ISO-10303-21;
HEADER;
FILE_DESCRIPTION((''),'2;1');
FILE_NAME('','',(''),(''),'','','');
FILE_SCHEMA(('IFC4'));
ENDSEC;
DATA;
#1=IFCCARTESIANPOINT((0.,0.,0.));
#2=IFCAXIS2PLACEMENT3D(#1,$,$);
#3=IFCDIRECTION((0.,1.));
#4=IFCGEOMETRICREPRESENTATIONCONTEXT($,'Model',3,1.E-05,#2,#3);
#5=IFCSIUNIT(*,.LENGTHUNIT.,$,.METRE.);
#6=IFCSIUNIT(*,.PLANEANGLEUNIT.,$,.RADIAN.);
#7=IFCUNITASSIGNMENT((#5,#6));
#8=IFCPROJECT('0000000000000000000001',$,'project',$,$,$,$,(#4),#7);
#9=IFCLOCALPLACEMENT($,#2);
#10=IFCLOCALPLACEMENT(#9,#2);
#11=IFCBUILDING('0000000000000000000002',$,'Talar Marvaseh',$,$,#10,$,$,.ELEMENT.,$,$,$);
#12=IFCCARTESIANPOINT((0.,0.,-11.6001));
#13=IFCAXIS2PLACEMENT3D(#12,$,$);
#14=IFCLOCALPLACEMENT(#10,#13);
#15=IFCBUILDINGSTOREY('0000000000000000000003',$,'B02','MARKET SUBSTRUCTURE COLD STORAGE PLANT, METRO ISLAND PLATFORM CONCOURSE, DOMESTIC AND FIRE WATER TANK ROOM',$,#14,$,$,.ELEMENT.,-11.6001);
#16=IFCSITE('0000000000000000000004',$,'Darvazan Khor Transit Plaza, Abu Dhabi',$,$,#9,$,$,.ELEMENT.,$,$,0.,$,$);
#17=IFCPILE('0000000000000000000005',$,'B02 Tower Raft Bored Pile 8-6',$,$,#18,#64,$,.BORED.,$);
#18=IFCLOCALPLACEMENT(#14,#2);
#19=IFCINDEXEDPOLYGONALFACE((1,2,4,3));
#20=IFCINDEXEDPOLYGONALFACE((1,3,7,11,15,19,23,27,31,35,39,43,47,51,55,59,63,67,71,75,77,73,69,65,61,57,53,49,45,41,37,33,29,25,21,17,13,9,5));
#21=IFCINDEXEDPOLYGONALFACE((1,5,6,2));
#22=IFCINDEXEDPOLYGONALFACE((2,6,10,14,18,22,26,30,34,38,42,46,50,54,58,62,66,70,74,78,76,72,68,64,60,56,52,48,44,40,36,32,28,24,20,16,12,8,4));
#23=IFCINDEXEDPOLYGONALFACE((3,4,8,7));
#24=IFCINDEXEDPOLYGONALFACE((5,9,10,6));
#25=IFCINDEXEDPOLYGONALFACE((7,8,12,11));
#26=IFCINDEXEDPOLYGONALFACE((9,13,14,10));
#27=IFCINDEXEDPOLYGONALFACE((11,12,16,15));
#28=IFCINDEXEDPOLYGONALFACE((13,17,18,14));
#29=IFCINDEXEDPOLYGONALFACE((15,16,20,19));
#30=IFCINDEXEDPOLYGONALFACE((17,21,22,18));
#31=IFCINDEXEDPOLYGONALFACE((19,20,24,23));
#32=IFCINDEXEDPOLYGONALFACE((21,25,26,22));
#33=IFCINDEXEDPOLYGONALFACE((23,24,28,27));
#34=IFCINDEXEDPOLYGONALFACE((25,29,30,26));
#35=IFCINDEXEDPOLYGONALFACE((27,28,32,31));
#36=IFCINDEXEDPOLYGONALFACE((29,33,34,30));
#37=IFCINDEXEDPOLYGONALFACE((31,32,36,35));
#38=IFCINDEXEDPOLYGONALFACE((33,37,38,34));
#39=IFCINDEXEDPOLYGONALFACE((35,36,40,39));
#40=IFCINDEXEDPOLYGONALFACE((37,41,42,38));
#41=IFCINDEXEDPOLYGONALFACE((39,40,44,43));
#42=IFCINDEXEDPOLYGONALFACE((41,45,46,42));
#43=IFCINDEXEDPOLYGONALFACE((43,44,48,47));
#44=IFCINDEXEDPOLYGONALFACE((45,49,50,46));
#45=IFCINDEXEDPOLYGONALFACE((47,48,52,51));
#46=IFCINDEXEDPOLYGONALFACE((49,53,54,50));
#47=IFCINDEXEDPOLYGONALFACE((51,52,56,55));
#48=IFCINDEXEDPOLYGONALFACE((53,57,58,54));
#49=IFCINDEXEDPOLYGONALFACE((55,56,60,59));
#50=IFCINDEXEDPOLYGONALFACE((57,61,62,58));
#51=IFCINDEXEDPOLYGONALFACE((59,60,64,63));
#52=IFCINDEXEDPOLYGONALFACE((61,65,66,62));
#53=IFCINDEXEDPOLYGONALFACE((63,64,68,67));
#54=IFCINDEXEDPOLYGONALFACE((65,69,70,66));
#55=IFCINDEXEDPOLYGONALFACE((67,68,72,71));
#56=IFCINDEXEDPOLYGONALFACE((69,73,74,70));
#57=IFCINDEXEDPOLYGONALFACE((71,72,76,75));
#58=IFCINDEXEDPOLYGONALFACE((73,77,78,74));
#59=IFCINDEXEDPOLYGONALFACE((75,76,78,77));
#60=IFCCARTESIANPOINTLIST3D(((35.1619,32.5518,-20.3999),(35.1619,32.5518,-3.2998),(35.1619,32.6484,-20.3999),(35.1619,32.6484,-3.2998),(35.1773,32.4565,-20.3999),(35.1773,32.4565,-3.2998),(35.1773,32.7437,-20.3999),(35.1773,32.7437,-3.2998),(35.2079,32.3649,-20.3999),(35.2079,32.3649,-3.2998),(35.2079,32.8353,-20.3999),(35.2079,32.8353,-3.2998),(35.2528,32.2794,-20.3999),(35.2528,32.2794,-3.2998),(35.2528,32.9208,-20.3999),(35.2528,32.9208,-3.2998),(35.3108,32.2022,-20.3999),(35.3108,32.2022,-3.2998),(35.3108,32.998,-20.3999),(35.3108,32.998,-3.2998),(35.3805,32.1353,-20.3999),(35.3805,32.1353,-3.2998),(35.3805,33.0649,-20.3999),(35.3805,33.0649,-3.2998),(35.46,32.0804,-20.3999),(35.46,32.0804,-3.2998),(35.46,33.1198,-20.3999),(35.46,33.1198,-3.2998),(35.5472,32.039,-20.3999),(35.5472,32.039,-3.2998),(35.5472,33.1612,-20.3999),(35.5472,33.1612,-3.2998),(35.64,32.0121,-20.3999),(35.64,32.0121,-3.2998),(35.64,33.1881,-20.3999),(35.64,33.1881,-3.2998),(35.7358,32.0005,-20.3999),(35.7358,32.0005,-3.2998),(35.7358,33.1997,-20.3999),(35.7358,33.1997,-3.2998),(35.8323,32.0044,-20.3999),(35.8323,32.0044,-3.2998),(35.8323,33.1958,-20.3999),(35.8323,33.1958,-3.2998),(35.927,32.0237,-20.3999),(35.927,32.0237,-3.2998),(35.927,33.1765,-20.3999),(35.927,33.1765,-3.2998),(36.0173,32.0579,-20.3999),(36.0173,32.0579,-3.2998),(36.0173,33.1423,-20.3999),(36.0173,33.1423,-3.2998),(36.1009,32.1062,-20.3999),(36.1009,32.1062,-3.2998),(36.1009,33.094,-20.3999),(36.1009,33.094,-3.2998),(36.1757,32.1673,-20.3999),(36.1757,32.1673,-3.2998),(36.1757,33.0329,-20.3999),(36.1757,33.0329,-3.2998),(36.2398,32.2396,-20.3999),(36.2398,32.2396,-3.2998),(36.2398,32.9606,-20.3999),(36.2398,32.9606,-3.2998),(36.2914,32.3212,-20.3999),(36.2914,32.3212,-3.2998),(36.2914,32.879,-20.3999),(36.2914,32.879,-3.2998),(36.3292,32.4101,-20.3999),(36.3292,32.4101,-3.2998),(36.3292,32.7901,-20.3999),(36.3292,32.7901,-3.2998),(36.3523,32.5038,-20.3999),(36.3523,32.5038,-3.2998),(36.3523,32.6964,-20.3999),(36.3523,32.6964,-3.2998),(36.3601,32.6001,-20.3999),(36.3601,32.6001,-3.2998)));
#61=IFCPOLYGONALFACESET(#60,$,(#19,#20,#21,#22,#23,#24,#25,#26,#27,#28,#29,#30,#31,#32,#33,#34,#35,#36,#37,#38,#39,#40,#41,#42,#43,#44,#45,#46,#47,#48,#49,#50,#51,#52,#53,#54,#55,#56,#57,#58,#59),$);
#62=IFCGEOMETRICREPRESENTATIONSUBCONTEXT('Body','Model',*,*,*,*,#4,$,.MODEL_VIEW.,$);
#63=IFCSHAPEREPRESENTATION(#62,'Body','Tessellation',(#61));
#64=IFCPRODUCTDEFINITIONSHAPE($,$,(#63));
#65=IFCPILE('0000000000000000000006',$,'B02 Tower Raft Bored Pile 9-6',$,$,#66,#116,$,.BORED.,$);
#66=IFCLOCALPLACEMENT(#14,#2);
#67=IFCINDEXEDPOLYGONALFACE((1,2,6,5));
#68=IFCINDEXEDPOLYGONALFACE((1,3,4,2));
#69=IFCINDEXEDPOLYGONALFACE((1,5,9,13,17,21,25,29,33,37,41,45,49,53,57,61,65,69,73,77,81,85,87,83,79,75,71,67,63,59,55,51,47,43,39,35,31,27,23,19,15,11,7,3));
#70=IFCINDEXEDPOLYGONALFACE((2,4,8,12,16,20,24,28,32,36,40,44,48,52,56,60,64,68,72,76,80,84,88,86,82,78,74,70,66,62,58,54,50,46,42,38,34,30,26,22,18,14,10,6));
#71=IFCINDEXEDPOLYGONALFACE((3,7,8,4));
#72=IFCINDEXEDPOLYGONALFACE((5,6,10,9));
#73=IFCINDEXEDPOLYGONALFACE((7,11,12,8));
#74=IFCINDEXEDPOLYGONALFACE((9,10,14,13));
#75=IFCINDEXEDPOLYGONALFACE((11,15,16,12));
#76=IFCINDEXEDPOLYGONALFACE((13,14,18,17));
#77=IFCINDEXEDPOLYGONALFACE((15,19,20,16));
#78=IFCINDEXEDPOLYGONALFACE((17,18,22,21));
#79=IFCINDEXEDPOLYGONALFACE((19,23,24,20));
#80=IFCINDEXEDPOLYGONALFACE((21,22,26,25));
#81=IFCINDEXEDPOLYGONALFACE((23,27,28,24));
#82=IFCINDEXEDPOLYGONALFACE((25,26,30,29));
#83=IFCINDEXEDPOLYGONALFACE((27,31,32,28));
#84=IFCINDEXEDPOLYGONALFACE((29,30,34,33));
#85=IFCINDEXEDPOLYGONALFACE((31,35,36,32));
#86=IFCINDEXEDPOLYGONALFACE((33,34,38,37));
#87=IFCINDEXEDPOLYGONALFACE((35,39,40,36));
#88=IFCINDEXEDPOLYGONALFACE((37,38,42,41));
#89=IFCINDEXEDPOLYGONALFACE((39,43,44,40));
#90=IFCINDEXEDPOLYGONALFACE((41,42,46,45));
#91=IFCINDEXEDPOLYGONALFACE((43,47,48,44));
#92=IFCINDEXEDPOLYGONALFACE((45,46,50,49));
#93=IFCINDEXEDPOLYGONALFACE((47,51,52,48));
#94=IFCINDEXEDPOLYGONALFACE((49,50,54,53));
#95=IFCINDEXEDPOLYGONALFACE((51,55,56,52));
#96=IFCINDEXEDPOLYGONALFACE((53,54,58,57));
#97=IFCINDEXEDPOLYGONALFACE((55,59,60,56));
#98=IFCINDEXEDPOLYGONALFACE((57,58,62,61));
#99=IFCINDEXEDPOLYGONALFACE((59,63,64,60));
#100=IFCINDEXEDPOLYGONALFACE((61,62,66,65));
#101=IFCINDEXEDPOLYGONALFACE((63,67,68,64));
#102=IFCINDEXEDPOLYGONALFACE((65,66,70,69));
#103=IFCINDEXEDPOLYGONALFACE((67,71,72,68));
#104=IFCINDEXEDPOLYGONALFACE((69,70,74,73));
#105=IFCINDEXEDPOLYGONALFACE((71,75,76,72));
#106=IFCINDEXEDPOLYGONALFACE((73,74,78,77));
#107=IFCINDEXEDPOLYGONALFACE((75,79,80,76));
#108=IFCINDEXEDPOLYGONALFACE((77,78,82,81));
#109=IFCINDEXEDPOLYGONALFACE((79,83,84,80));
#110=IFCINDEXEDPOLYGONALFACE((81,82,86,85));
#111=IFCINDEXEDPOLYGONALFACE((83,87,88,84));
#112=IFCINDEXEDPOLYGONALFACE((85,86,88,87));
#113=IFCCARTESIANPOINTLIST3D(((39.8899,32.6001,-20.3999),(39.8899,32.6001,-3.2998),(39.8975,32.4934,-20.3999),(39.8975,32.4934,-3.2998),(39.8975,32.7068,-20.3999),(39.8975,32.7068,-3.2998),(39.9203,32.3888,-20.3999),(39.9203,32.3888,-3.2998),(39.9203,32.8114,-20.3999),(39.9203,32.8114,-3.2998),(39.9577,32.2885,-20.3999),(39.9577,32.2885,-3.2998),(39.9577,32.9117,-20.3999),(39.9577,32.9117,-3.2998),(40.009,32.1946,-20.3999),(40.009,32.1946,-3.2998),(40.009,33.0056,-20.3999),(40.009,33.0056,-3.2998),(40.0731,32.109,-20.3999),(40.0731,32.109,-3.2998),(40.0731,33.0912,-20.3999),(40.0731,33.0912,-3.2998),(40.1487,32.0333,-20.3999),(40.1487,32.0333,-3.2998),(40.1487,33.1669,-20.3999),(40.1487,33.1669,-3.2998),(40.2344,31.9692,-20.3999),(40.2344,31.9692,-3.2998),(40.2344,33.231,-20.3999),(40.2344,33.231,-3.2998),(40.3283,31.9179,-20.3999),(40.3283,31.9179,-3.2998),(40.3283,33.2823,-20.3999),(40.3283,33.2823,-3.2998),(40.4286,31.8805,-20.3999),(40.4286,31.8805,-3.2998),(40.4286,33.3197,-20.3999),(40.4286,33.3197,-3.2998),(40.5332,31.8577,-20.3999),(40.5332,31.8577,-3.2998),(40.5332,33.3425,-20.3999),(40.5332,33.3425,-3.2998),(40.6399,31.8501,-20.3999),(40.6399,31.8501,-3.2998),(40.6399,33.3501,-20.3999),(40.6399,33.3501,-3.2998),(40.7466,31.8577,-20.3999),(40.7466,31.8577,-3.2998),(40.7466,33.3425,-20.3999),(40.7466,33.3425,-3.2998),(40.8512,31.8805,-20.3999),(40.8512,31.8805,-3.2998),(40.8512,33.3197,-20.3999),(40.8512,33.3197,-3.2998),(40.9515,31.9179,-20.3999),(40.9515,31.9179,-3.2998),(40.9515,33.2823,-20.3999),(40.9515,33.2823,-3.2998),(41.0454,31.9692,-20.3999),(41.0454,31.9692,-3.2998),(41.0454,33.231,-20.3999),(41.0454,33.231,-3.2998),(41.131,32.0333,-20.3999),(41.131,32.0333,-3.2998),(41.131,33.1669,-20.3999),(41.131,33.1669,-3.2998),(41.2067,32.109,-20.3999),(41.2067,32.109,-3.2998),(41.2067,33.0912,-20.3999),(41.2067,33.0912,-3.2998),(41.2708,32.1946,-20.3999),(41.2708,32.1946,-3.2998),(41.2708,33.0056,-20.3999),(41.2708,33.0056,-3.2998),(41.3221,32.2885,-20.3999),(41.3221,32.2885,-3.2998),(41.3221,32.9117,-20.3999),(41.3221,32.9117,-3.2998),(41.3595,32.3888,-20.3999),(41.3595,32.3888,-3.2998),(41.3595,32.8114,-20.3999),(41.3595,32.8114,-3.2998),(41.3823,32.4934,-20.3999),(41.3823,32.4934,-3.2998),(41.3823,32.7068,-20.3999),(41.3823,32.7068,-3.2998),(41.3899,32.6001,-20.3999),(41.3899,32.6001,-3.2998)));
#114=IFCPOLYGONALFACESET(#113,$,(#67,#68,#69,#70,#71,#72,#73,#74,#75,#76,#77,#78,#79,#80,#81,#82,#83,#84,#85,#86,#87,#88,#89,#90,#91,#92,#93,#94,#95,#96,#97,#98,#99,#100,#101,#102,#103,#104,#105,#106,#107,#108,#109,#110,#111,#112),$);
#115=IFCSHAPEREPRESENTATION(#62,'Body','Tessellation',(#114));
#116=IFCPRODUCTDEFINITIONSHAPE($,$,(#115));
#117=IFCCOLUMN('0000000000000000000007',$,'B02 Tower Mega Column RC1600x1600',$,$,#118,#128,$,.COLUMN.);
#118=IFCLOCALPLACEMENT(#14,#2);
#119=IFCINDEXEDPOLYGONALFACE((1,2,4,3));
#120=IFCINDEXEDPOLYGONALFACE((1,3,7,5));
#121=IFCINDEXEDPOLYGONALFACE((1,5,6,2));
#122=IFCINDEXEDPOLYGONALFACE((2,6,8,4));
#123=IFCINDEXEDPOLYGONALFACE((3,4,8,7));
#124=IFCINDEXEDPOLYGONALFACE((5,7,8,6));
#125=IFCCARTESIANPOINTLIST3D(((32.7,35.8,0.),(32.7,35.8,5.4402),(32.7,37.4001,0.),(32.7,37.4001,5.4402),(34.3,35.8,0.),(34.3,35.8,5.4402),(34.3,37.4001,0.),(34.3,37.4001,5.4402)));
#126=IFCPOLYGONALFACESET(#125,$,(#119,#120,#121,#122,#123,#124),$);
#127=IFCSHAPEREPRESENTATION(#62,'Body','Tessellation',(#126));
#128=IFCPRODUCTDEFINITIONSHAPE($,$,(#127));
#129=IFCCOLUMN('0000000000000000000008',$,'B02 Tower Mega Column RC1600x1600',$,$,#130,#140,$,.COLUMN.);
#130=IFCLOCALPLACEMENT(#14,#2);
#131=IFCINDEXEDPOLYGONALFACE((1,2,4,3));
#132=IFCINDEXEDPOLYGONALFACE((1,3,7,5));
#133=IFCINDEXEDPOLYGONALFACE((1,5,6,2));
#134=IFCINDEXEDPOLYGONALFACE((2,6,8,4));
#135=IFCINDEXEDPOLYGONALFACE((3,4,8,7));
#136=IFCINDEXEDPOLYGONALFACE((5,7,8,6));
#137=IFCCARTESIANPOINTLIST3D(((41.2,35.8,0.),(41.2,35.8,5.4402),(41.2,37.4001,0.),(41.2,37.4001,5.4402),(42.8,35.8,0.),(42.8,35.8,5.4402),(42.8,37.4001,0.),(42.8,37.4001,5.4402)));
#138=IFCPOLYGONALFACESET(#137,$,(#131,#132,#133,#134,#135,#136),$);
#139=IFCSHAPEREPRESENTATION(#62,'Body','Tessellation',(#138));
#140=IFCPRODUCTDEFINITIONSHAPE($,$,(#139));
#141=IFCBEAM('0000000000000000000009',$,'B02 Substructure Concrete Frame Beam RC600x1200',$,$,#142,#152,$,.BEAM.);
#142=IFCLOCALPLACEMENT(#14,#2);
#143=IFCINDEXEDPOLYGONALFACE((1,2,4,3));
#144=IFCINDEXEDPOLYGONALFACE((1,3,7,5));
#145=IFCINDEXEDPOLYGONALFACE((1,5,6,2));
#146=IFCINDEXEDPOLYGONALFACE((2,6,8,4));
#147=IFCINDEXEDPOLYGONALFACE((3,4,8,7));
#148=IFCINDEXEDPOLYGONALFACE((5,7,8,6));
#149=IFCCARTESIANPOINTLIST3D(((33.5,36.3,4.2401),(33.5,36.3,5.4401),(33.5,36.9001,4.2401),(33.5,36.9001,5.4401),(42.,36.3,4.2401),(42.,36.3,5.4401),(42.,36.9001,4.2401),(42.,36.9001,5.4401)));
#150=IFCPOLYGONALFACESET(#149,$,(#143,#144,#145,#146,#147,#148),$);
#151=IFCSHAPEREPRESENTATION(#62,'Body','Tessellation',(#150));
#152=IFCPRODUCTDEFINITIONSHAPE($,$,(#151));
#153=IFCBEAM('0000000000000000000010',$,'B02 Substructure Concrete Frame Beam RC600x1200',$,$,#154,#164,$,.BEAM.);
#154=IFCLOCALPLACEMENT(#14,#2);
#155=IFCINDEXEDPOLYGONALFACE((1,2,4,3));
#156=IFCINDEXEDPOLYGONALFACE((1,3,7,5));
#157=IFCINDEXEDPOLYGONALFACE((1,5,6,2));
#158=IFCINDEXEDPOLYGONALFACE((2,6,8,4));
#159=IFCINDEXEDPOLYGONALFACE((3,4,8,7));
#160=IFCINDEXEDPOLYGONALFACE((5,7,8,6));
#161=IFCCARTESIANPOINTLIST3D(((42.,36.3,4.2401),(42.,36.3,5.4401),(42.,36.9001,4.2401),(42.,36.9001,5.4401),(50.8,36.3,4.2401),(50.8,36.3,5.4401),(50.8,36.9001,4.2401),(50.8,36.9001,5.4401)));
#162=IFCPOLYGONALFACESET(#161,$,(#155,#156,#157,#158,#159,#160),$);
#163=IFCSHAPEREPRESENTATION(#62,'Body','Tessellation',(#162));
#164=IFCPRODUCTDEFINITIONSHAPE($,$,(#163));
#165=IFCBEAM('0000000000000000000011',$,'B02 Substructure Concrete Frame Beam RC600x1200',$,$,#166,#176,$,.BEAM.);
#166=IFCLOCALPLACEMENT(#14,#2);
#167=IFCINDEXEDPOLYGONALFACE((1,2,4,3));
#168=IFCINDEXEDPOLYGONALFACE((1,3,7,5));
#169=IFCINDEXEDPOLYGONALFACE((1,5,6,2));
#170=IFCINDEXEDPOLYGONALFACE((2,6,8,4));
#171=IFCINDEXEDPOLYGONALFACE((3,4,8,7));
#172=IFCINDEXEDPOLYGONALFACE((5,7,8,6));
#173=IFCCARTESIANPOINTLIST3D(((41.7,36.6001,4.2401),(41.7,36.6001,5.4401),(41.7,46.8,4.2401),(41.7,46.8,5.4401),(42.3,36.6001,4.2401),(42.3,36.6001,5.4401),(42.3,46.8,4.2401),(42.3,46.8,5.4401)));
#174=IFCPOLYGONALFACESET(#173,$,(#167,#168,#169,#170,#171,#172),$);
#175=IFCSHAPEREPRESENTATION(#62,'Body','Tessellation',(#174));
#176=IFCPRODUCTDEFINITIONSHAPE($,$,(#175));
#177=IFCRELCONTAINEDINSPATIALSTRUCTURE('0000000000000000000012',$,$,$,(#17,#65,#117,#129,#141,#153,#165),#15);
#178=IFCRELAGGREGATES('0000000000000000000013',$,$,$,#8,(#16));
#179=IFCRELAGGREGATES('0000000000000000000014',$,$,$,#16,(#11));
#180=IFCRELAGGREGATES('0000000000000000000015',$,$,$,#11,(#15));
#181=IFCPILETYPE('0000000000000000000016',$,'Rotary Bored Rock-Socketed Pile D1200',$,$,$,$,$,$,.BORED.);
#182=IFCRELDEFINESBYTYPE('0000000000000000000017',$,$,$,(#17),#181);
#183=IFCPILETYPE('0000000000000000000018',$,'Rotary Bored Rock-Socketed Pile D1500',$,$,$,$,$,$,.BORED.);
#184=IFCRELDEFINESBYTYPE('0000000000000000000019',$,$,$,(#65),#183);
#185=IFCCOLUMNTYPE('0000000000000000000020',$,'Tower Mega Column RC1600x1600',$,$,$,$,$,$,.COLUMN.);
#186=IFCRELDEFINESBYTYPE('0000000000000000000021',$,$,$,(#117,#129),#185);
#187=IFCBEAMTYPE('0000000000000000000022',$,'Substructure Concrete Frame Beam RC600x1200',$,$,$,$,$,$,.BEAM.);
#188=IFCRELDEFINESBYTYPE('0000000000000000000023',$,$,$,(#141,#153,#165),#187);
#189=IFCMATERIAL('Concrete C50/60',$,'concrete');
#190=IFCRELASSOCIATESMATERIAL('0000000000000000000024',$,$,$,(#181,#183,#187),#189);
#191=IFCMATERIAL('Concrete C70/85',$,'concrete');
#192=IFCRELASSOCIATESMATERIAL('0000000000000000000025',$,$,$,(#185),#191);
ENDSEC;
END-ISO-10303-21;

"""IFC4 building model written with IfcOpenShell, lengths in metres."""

from ifc_helpers import new_model, si_unit, direction, frame, origin, origin_2d, place, context, subcontext, project, spatial, rectangle, circle, extrude, source, transform, mapped, material, material_profile, profile_set, type_object, type_shapes, element, save


model = new_model("IFC4")

# Units and contexts
model_context = context("Model", 3, precision=1e-05, world=origin(), true_north=direction((0.0, 1.0)))
body_context = subcontext(model_context, "Body", "Model", "MODEL_VIEW")
ifc_project = project(units=[si_unit("LENGTHUNIT", "METRE"), si_unit("PLANEANGLEUNIT", "RADIAN")], contexts=[model_context])

# Site, building, storey
site_placement = place(None, origin())
site = spatial("IfcSite", under=ifc_project, at=site_placement, Name="Darvazan Khor Transit Plaza, Abu Dhabi", CompositionType="ELEMENT", RefElevation=0.0)
building_placement = place(site_placement, origin())
building = spatial("IfcBuilding", under=site, at=building_placement, Name="Talar Marvaseh", CompositionType="ELEMENT")
storey_placement = place(building_placement, frame((0.0, 0.0, -11.6001)))
storey = spatial("IfcBuildingStorey", under=building, at=storey_placement, Name="B02", Description="MARKET SUBSTRUCTURE COLD STORAGE PLANT, METRO ISLAND PLATFORM CONCOURSE, DOMESTIC AND FIRE WATER TANK ROOM", CompositionType="ELEMENT", Elevation=-11.6001)

# Piles
ifc_material_1 = material(Name="Concrete C50/60", Category="concrete")
ifc_material_profile_1 = material_profile(ifc_material_1, circle(Radius=0.6001, at=origin_2d()), Name="PILE-D1200")
ifc_profile_set_1 = profile_set([ifc_material_profile_1], Name="Concrete C50/60")
pile_type_1 = type_object("IfcPileType", Name="Rotary Bored Rock-Socketed Pile D1200", PredefinedType="BORED", material=ifc_profile_set_1)
shared_shape_1 = source(origin(), body_context, "Body", "SweptSolid", [
    extrude(circle(Radius=0.6001, at=origin_2d()), origin(), (0.0, 0.0, 1.0), 17.1001),
])
type_shapes(pile_type_1, [shared_shape_1])
pile_1_placement = place(storey_placement, frame((35.76, 32.6001, -3.2998), z_axis=(0.0, 0.0, -1.0), x_axis=(1.0, 0.0, 0.0)))
element("IfcPile", 1, at=pile_1_placement, inside=storey, type_object=pile_type_1, Name="B02 Tower Raft Bored Pile 8-6", PredefinedType="BORED", context=body_context, shape_type="MappedRepresentation", body=[
    mapped(shared_shape_1, transform((0.0, 0.0, 0.0), x_axis=(1.0, 0.0, 0.0), y_axis=(0.0, 1.0, 0.0), z_axis=(0.0, 0.0, 1.0), scale=1.0)),
])
ifc_material_profile_2 = material_profile(ifc_material_1, circle(Radius=0.75, at=origin_2d()), Name="PILE-D1500")
ifc_profile_set_2 = profile_set([ifc_material_profile_2], Name="Concrete C50/60")
pile_type_2 = type_object("IfcPileType", Name="Rotary Bored Rock-Socketed Pile D1500", PredefinedType="BORED", material=ifc_profile_set_2)
shared_shape_2 = source(origin(), body_context, "Body", "SweptSolid", [
    extrude(circle(Radius=0.75, at=origin_2d()), origin(), (0.0, 0.0, 1.0), 17.1001),
])
type_shapes(pile_type_2, [shared_shape_2])
pile_2_placement = place(storey_placement, frame((40.6399, 32.6001, -3.2998), z_axis=(0.0, 0.0, -1.0), x_axis=(1.0, 0.0, 0.0)))
element("IfcPile", 2, at=pile_2_placement, inside=storey, type_object=pile_type_2, Name="B02 Tower Raft Bored Pile 9-6", PredefinedType="BORED", context=body_context, shape_type="MappedRepresentation", body=[
    mapped(shared_shape_2, transform((0.0, 0.0, 0.0), x_axis=(1.0, 0.0, 0.0), y_axis=(0.0, 1.0, 0.0), z_axis=(0.0, 0.0, 1.0), scale=1.0)),
])

# Columns
ifc_material_2 = material(Name="Concrete C70/85", Category="concrete")
ifc_material_profile_3 = material_profile(ifc_material_2, rectangle(XDim=1.6001, YDim=1.6001, at=origin_2d()), Name="RC1600x1600")
ifc_profile_set_3 = profile_set([ifc_material_profile_3], Name="Concrete C70/85")
column_type = type_object("IfcColumnType", Name="Tower Mega Column RC1600x1600", PredefinedType="COLUMN", material=ifc_profile_set_3)
for number, where, z_axis, x_axis, name in (
    (3, (33.5, 36.6001, 0.0), (0.0, 0.0, 1.0), (1.0, 0.0, 0.0), "B02 Tower Mega Column RC1600x1600"),
    (4, (42.0, 36.6001, 0.0), (0.0, 0.0, 1.0), (1.0, 0.0, 0.0), "B02 Tower Mega Column RC1600x1600"),
):
    element("IfcColumn", number, at=place(storey_placement, frame(where, z_axis=z_axis, x_axis=x_axis)), inside=storey, type_object=column_type, Name=name, PredefinedType="COLUMN", context=body_context, shape_type="SweptSolid", body=[
        extrude(rectangle(XDim=1.6001, YDim=1.6001, at=origin_2d()), origin(), (0.0, 0.0, 1.0), 5.4402),
    ])

# Beams
ifc_material_profile_4 = material_profile(ifc_material_1, rectangle(XDim=0.6001, YDim=1.2, at=origin_2d()), Name="RC600x1200")
ifc_profile_set_4 = profile_set([ifc_material_profile_4], Name="Concrete C50/60")
beam_type_1 = type_object("IfcBeamType", Name="Substructure Concrete Frame Beam RC600x1200", PredefinedType="BEAM", material=ifc_profile_set_4)
beam_1_placement = place(storey_placement, frame((33.5, 36.6001, 4.8401), z_axis=(1.0, 0.0, 0.0), x_axis=(0.0, 1.0, 0.0)))
element("IfcBeam", 5, at=beam_1_placement, inside=storey, type_object=beam_type_1, Name="B02 Substructure Concrete Frame Beam RC600x1200", PredefinedType="BEAM", context=body_context, shape_type="SweptSolid", body=[
    extrude(rectangle(XDim=0.6001, YDim=1.2, at=origin_2d()), origin(), (0.0, 0.0, 1.0), 8.5),
])
beam_2_placement = place(storey_placement, frame((42.0, 36.6001, 4.8401), z_axis=(1.0, 0.0, 0.0), x_axis=(0.0, 1.0, 0.0)))
element("IfcBeam", 6, at=beam_2_placement, inside=storey, type_object=beam_type_1, Name="B02 Substructure Concrete Frame Beam RC600x1200", PredefinedType="BEAM", context=body_context, shape_type="SweptSolid", body=[
    extrude(rectangle(XDim=0.6001, YDim=1.2, at=origin_2d()), origin(), (0.0, 0.0, 1.0), 8.8),
])
beam_3_placement = place(storey_placement, frame((42.0, 36.6001, 4.8401), z_axis=(0.0, 1.0, 0.0), x_axis=(-1.0, 0.0, 0.0)))
element("IfcBeam", 7, at=beam_3_placement, inside=storey, type_object=beam_type_1, Name="B02 Substructure Concrete Frame Beam RC600x1200", PredefinedType="BEAM", context=body_context, shape_type="SweptSolid", body=[
    extrude(rectangle(XDim=0.6001, YDim=1.2, at=origin_2d()), origin(), (0.0, 0.0, 1.0), 10.2),
])

save(model, "model.ifc")
